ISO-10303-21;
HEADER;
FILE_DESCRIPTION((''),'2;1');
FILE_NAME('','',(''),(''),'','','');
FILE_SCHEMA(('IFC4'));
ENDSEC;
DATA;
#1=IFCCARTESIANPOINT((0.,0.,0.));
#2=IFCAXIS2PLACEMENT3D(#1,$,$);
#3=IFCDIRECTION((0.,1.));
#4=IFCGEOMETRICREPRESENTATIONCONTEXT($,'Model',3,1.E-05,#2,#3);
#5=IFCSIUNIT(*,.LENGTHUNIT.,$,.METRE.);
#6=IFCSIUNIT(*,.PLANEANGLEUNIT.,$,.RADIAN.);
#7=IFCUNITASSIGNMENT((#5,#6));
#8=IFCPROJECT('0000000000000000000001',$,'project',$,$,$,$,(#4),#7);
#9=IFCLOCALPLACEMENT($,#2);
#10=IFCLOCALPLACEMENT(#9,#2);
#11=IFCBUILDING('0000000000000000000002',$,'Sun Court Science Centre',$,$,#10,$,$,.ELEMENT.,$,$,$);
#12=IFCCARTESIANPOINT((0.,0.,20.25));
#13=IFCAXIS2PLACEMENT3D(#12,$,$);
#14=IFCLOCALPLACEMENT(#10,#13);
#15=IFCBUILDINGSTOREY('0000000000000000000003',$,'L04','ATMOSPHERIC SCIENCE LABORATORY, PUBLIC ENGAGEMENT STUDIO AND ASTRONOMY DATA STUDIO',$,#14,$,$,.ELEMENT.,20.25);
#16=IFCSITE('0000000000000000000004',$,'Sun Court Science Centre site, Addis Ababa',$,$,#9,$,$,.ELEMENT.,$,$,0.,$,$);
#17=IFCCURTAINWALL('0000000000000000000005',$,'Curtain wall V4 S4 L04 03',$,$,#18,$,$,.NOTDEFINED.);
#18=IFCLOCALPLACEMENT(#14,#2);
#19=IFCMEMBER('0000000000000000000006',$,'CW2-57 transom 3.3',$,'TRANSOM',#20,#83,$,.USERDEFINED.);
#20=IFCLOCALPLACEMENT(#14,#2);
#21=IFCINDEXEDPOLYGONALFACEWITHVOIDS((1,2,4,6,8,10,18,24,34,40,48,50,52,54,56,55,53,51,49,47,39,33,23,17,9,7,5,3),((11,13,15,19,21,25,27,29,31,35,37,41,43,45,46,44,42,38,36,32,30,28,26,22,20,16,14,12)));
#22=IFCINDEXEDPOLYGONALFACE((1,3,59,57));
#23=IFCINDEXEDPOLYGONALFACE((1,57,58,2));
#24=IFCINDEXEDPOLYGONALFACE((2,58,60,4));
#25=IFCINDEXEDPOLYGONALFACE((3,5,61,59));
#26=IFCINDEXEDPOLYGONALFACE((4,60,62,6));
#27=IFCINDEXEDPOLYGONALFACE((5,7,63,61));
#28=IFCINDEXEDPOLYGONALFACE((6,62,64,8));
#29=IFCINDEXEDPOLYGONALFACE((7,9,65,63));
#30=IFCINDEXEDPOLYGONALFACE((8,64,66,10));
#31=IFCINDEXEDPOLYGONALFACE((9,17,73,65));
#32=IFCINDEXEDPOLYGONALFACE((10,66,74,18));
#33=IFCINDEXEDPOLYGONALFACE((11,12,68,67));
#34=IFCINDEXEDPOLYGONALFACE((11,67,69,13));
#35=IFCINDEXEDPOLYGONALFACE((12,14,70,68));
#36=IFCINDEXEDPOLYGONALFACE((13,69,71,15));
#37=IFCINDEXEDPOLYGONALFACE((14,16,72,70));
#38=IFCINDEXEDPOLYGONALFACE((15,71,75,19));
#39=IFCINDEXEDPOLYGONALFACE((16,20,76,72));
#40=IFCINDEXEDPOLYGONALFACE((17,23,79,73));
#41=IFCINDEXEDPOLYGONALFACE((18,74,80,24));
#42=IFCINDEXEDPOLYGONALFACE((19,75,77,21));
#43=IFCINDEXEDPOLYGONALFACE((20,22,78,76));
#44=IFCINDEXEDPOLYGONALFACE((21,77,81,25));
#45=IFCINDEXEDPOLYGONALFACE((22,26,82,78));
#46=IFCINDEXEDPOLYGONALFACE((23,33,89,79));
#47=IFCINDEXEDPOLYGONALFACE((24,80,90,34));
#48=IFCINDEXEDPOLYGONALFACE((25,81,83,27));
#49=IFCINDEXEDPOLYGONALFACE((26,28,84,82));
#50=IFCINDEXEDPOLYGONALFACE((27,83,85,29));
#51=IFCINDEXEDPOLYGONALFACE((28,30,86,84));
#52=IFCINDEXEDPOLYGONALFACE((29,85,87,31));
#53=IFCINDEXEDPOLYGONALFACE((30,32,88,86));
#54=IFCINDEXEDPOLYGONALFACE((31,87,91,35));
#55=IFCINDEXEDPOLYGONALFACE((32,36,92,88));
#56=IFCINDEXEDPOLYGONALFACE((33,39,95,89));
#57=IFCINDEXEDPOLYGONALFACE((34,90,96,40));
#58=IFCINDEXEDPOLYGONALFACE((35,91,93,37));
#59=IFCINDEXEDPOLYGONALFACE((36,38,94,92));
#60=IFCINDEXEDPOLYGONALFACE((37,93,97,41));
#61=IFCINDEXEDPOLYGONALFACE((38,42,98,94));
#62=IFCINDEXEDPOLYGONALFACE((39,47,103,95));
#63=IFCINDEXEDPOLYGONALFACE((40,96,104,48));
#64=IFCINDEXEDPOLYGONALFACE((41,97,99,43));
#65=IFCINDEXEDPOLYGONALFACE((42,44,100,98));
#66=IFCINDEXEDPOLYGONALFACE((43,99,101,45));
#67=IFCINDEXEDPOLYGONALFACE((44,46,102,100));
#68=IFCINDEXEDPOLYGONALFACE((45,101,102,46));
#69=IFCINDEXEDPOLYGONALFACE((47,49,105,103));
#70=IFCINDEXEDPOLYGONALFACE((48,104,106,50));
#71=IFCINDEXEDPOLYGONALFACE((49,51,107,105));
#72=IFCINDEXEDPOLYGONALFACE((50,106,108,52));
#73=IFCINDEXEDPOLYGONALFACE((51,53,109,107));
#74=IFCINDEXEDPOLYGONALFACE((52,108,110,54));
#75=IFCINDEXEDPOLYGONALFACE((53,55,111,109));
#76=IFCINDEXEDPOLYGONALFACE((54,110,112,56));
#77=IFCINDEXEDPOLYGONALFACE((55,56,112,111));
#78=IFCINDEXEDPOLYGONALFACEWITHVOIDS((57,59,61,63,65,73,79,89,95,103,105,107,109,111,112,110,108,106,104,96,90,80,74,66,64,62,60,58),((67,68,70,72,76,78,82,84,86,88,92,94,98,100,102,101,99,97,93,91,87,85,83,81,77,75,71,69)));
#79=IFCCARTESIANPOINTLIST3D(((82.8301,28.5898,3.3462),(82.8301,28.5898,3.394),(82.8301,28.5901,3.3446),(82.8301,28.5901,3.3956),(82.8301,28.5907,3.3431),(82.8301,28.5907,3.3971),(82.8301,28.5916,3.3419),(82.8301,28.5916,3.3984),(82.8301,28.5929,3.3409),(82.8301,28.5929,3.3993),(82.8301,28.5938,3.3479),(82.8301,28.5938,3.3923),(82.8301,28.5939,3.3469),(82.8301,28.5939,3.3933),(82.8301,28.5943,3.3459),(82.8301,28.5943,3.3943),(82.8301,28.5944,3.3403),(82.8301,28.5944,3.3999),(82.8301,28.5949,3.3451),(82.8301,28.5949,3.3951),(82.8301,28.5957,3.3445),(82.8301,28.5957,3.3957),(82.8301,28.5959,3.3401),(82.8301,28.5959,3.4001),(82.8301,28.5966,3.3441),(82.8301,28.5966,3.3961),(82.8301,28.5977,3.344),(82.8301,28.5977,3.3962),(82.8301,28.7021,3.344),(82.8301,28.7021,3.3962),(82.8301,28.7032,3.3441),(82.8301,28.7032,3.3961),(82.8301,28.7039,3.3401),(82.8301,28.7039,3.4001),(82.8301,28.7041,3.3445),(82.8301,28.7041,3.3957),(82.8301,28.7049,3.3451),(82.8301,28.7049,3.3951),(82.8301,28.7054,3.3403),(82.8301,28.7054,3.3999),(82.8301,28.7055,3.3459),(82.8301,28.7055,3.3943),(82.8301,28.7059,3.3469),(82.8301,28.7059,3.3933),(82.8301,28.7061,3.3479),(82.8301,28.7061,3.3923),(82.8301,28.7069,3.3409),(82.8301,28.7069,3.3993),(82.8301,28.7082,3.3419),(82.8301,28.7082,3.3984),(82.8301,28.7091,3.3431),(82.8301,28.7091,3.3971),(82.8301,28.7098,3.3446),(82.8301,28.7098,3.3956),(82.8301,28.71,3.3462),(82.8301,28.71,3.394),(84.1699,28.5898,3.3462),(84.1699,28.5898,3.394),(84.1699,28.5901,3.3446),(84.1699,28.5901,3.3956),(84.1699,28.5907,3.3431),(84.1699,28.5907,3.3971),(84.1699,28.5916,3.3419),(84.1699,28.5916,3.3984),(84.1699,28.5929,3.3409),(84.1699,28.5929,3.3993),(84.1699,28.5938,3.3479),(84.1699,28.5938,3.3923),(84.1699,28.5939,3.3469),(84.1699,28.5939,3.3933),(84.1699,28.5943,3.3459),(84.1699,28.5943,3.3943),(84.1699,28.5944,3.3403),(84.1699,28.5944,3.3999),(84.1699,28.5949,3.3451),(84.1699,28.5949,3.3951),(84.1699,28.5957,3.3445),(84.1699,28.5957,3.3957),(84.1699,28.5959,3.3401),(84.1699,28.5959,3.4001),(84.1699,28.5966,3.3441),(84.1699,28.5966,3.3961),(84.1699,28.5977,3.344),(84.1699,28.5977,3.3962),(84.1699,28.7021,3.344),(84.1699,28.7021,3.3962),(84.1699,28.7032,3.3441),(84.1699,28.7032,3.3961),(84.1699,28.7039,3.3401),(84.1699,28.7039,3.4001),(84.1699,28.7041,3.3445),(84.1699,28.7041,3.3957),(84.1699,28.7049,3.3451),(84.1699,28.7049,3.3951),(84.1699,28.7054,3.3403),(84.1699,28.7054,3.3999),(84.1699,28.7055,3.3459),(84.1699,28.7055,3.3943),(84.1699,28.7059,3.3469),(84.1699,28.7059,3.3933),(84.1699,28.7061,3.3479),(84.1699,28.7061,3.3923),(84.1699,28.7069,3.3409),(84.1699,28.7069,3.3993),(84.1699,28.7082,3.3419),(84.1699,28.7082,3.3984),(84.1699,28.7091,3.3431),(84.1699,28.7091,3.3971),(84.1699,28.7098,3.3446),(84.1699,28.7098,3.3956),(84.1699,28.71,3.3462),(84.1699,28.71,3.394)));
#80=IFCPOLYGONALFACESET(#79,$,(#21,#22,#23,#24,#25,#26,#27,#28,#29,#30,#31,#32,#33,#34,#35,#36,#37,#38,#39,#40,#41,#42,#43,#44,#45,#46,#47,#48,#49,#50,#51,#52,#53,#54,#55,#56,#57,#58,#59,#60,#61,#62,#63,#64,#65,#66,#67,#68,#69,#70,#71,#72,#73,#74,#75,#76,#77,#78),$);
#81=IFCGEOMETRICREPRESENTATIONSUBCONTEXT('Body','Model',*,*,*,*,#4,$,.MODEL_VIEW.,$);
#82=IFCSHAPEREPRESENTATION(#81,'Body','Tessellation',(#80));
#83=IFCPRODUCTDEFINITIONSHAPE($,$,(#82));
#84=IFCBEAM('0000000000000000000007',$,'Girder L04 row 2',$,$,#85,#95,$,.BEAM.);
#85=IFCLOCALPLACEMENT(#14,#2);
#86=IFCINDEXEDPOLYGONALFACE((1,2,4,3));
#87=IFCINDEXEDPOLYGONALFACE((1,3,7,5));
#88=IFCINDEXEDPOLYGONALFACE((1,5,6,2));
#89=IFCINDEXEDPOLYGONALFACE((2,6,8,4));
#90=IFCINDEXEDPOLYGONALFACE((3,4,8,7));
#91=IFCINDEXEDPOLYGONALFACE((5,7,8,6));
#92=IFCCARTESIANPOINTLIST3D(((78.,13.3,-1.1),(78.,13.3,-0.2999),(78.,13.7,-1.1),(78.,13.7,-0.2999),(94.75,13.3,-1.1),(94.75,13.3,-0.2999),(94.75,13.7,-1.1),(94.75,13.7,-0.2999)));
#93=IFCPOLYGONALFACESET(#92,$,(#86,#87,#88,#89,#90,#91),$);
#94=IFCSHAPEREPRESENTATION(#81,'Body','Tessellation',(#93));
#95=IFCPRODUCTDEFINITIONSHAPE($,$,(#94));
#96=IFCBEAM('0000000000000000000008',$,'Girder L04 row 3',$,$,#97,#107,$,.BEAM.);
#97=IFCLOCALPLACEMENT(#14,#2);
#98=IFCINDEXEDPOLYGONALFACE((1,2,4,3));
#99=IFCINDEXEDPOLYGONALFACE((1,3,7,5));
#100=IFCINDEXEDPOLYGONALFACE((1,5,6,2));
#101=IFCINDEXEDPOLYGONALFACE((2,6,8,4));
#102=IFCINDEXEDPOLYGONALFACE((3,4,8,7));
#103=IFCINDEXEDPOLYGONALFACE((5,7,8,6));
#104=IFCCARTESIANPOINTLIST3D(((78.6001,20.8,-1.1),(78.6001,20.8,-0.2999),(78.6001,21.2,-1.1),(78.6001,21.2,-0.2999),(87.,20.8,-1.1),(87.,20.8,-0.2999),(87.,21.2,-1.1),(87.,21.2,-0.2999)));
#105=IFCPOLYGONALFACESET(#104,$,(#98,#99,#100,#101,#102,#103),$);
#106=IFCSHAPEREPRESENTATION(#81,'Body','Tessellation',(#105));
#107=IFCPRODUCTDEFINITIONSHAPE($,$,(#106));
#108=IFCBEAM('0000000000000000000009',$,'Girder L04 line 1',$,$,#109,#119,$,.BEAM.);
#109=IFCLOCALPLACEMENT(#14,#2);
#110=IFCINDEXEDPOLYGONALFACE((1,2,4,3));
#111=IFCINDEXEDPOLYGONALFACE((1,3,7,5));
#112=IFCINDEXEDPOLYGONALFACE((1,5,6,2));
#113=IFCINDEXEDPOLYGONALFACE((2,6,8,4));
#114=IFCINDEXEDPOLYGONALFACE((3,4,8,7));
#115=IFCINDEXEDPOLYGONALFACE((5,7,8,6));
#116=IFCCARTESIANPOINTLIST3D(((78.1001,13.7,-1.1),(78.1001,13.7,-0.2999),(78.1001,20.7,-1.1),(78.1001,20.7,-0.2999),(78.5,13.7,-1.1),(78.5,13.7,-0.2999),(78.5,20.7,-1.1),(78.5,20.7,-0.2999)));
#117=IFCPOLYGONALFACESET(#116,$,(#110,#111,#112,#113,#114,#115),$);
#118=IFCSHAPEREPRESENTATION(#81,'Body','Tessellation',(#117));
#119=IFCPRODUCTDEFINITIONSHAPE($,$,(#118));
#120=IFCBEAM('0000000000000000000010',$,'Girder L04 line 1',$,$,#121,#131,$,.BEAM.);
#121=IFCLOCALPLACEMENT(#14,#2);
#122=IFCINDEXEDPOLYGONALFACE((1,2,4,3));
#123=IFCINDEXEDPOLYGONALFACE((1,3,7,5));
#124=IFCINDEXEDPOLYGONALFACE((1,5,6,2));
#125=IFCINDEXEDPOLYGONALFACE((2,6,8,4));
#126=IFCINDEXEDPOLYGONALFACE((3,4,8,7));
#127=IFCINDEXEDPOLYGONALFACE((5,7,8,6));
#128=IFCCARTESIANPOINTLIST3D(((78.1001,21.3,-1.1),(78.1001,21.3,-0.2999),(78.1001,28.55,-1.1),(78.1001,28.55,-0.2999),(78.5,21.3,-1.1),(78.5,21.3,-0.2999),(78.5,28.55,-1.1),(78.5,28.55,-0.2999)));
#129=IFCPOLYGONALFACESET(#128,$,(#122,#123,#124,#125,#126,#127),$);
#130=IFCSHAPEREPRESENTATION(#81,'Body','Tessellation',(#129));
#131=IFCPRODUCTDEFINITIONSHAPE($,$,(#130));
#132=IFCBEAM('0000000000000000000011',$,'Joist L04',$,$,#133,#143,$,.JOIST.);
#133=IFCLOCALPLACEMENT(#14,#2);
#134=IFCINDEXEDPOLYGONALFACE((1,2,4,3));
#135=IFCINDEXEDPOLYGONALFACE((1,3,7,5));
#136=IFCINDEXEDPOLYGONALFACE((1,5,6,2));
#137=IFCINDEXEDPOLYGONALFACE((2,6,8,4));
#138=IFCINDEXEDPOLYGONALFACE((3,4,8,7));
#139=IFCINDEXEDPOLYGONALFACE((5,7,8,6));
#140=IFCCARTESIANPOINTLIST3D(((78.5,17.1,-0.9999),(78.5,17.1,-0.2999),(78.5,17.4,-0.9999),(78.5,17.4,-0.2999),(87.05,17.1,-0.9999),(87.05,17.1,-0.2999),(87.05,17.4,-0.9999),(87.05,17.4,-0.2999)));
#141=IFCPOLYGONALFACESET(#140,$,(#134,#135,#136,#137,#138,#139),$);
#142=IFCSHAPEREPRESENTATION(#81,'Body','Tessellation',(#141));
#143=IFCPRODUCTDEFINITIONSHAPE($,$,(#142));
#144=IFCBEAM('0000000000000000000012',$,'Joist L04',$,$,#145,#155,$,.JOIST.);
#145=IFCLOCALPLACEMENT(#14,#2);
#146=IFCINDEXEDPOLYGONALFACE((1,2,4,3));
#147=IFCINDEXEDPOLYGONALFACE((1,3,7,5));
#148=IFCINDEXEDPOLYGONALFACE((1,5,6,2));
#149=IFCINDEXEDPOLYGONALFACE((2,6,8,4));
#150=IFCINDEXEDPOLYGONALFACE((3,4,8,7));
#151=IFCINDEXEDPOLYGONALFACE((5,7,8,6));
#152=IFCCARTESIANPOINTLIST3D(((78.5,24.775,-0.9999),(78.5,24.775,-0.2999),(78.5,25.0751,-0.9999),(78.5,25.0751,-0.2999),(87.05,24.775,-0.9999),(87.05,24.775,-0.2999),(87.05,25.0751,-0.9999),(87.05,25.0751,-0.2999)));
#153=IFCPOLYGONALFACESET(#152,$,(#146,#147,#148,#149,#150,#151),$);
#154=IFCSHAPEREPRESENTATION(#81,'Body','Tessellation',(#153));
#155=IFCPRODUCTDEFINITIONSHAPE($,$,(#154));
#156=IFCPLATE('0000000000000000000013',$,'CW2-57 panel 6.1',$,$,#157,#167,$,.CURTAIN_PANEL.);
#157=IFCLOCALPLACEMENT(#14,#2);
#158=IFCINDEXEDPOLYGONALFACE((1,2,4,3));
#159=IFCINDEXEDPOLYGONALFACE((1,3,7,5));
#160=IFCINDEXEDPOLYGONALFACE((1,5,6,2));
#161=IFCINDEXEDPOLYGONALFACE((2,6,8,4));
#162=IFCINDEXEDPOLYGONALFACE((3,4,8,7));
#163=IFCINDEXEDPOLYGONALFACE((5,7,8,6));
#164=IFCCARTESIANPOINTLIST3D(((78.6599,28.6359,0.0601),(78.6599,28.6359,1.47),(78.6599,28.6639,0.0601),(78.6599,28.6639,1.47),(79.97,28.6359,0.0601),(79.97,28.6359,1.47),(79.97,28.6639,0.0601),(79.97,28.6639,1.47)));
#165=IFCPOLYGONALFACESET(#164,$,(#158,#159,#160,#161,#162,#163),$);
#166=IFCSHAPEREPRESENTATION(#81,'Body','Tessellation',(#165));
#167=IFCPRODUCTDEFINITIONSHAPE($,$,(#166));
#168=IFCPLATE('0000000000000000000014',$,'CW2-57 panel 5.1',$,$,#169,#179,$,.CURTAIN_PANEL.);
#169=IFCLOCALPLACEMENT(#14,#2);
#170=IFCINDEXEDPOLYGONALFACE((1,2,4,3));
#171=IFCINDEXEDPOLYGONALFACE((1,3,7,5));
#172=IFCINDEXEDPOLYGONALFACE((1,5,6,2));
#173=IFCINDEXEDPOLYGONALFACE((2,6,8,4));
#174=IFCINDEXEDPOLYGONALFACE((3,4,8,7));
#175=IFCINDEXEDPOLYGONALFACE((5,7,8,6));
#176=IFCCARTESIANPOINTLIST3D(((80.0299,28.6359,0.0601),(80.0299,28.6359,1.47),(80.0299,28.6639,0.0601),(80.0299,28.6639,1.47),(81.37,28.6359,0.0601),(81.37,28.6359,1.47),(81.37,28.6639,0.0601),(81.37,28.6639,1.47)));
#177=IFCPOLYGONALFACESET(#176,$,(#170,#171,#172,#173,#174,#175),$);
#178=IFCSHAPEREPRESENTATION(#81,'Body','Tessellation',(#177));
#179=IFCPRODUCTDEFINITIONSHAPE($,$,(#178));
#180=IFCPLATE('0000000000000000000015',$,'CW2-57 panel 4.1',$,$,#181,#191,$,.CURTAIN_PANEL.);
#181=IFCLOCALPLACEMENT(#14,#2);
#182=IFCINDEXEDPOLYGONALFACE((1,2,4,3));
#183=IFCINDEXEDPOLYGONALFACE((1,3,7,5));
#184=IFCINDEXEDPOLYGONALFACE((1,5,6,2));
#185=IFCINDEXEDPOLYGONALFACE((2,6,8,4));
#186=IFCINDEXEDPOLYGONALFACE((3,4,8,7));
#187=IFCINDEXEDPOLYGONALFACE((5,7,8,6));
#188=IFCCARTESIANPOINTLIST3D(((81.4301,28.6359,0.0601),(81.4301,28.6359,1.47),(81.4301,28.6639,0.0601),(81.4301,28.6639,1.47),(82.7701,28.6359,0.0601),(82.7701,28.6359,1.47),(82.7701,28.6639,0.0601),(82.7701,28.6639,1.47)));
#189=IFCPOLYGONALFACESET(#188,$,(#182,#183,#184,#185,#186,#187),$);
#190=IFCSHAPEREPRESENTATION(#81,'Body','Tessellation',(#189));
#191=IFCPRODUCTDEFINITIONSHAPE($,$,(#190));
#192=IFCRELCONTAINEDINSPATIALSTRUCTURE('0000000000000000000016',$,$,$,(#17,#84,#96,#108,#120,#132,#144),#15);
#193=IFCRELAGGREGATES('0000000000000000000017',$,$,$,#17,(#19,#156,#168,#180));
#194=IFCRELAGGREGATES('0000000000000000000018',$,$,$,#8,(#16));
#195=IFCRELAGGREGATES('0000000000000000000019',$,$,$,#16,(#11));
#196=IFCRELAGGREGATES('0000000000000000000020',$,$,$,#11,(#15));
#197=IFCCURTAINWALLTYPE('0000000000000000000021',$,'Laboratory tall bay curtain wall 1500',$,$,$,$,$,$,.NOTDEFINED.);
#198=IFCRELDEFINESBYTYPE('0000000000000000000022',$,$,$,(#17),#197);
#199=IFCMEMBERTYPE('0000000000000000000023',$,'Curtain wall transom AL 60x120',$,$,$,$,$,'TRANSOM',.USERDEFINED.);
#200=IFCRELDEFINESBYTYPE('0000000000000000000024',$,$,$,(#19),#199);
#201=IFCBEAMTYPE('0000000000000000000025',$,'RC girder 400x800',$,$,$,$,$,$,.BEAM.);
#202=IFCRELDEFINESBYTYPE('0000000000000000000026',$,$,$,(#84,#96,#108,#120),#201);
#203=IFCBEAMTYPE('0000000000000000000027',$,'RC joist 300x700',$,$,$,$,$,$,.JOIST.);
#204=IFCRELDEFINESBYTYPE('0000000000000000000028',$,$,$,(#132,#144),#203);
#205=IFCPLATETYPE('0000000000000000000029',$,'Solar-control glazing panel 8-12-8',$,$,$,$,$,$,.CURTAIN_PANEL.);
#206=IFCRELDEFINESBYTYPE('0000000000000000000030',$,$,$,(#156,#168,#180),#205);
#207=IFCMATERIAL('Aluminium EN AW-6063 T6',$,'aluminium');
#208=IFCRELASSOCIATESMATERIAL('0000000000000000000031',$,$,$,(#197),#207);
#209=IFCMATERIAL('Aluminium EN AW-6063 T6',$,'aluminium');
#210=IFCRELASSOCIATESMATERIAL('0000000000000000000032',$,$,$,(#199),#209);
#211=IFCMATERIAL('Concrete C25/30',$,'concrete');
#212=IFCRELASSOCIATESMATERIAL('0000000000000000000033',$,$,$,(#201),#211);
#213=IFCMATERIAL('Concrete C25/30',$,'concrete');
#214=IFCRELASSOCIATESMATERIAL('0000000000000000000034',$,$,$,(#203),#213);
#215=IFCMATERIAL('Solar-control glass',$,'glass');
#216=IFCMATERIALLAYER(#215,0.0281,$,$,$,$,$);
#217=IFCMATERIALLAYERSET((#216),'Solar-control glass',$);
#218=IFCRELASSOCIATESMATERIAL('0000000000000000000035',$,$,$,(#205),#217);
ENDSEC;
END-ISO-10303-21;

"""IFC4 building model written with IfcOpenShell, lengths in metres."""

from ifc_helpers import new_model, si_unit, direction, frame, origin, origin_2d, place, context, subcontext, project, spatial, rectangle, hollow_rectangle, extrude, material, layer, layer_set, material_profile, profile_set, type_object, element, aggregate, save


model = new_model("IFC4")

# Units and contexts
model_context = context("Model", 3, precision=1e-05, world=origin(), true_north=direction((0.0, 1.0)))
body_context = subcontext(model_context, "Body", "Model", "MODEL_VIEW")
ifc_project = project(units=[si_unit("LENGTHUNIT", "METRE"), si_unit("PLANEANGLEUNIT", "RADIAN")], contexts=[model_context])

# Site, building, storey
site_placement = place(None, origin())
site = spatial("IfcSite", under=ifc_project, at=site_placement, Name="Sun Court Science Centre site, Addis Ababa", CompositionType="ELEMENT", RefElevation=0.0)
building_placement = place(site_placement, origin())
building = spatial("IfcBuilding", under=site, at=building_placement, Name="Sun Court Science Centre", CompositionType="ELEMENT")
storey_placement = place(building_placement, frame((0.0, 0.0, 20.25)))
storey = spatial("IfcBuildingStorey", under=building, at=storey_placement, Name="L04", Description="ATMOSPHERIC SCIENCE LABORATORY, PUBLIC ENGAGEMENT STUDIO AND ASTRONOMY DATA STUDIO", CompositionType="ELEMENT", Elevation=20.25)

# Curtain wall, member
ifc_material_1 = material(Name="Aluminium EN AW-6063 T6", Category="aluminium")
curtain_wall_type = type_object("IfcCurtainWallType", Name="Laboratory tall bay curtain wall 1500", PredefinedType="NOTDEFINED", material=ifc_material_1)
curtain_wall_placement = place(storey_placement, origin())
curtain_wall = element("IfcCurtainWall", 1, at=curtain_wall_placement, inside=storey, type_object=curtain_wall_type, Name="Curtain wall V4 S4 L04 03", PredefinedType="NOTDEFINED")
ifc_material_2 = material(Name="Aluminium EN AW-6063 T6", Category="aluminium")
ifc_material_profile_1 = material_profile(ifc_material_2, hollow_rectangle(XDim=0.0601, YDim=0.1201, WallThickness=0.0039, InnerFilletRadius=0.0039, OuterFilletRadius=0.0061, at=origin_2d()), Name="AL 60x120x4")
ifc_profile_set_1 = profile_set([ifc_material_profile_1], Name="Aluminium EN AW-6063 T6")
member_type_1 = type_object("IfcMemberType", Name="Curtain wall transom AL 60x120", ElementType="TRANSOM", PredefinedType="USERDEFINED", material=ifc_profile_set_1)
member_1_placement = place(storey_placement, frame((84.1699, 28.6499, 3.3701), z_axis=(-1.0, 0.0, 0.0), x_axis=(0.0, 0.0, 1.0)))
member_1 = element("IfcMember", 2, at=member_1_placement, type_object=member_type_1, Name="CW2-57 transom 3.3", ObjectType="TRANSOM", PredefinedType="USERDEFINED", context=body_context, shape_type="SweptSolid", body=[
    extrude(hollow_rectangle(XDim=0.0601, YDim=0.1201, WallThickness=0.0039, InnerFilletRadius=0.0039, OuterFilletRadius=0.0061, at=origin_2d()), origin(), (0.0, 0.0, 1.0), 1.3398),
])

# Beams
ifc_material_3 = material(Name="Concrete C25/30", Category="concrete")
ifc_material_profile_2 = material_profile(ifc_material_3, rectangle(XDim=0.3999, YDim=0.8, at=origin_2d()), Name="RC 400x800")
ifc_profile_set_2 = profile_set([ifc_material_profile_2], Name="Concrete C25/30")
beam_type_1 = type_object("IfcBeamType", Name="RC girder 400x800", PredefinedType="BEAM", material=ifc_profile_set_2)
beam_1_placement = place(storey_placement, frame((78.0, 13.5, -0.7), z_axis=(1.0, 0.0, 0.0), x_axis=(0.0, 1.0, 0.0)))
element("IfcBeam", 3, at=beam_1_placement, inside=storey, type_object=beam_type_1, Name="Girder L04 row 2", PredefinedType="BEAM", context=body_context, shape_type="SweptSolid", body=[
    extrude(rectangle(XDim=0.3999, YDim=0.8, at=origin_2d()), origin(), (0.0, 0.0, 1.0), 16.75),
])
beam_2_placement = place(storey_placement, frame((78.6001, 21.0, -0.7), z_axis=(1.0, 0.0, 0.0), x_axis=(0.0, 1.0, 0.0)))
element("IfcBeam", 4, at=beam_2_placement, inside=storey, type_object=beam_type_1, Name="Girder L04 row 3", PredefinedType="BEAM", context=body_context, shape_type="SweptSolid", body=[
    extrude(rectangle(XDim=0.3999, YDim=0.8, at=origin_2d()), origin(), (0.0, 0.0, 1.0), 8.3999),
])
beam_3_placement = place(storey_placement, frame((78.3, 13.7, -0.7), z_axis=(0.0, 1.0, 0.0), x_axis=(-1.0, 0.0, 0.0)))
element("IfcBeam", 5, at=beam_3_placement, inside=storey, type_object=beam_type_1, Name="Girder L04 line 1", PredefinedType="BEAM", context=body_context, shape_type="SweptSolid", body=[
    extrude(rectangle(XDim=0.3999, YDim=0.8, at=origin_2d()), origin(), (0.0, 0.0, 1.0), 7.0),
])
beam_4_placement = place(storey_placement, frame((78.3, 21.3, -0.7), z_axis=(0.0, 1.0, 0.0), x_axis=(-1.0, 0.0, 0.0)))
element("IfcBeam", 6, at=beam_4_placement, inside=storey, type_object=beam_type_1, Name="Girder L04 line 1", PredefinedType="BEAM", context=body_context, shape_type="SweptSolid", body=[
    extrude(rectangle(XDim=0.3999, YDim=0.8, at=origin_2d()), origin(), (0.0, 0.0, 1.0), 7.25),
])
ifc_material_4 = material(Name="Concrete C25/30", Category="concrete")
ifc_material_profile_3 = material_profile(ifc_material_4, rectangle(XDim=0.3, YDim=0.7, at=origin_2d()), Name="RC 300x700")
ifc_profile_set_3 = profile_set([ifc_material_profile_3], Name="Concrete C25/30")
beam_type_2 = type_object("IfcBeamType", Name="RC joist 300x700", PredefinedType="JOIST", material=ifc_profile_set_3)
for number, where, z_axis, x_axis, name in (
    (7, (78.5, 17.25, -0.6499), (1.0, 0.0, 0.0), (0.0, 1.0, 0.0), "Joist L04"),
    (8, (78.5, 24.925, -0.6499), (1.0, 0.0, 0.0), (0.0, 1.0, 0.0), "Joist L04"),
):
    element("IfcBeam", number, at=place(storey_placement, frame(where, z_axis=z_axis, x_axis=x_axis)), inside=storey, type_object=beam_type_2, Name=name, PredefinedType="JOIST", context=body_context, shape_type="SweptSolid", body=[
        extrude(rectangle(XDim=0.3, YDim=0.7, at=origin_2d()), origin(), (0.0, 0.0, 1.0), 8.55),
    ])

# Plates
ifc_material_5 = material(Name="Solar-control glass", Category="glass")
ifc_layer_1 = layer(ifc_material_5, 0.0281)
ifc_layer_set_1 = layer_set([ifc_layer_1], Name="Solar-control glass")
plate_type = type_object("IfcPlateType", Name="Solar-control glazing panel 8-12-8", PredefinedType="CURTAIN_PANEL", material=ifc_layer_set_1)
plate_1_placement = place(storey_placement, frame((79.3149, 28.6499, 0.0601), z_axis=(0.0, 0.0, 1.0), x_axis=(-1.0, 0.0, 0.0)))
plate_1 = element("IfcPlate", 9, at=plate_1_placement, type_object=plate_type, Name="CW2-57 panel 6.1", PredefinedType="CURTAIN_PANEL", context=body_context, shape_type="SweptSolid", body=[
    extrude(rectangle(XDim=1.3101, YDim=0.0281, at=origin_2d()), origin(), (0.0, 0.0, 1.0), 1.4099),
])
plate_2_placement = place(storey_placement, frame((80.7, 28.6499, 0.0601), z_axis=(0.0, 0.0, 1.0), x_axis=(-1.0, 0.0, 0.0)))
plate_2 = element("IfcPlate", 10, at=plate_2_placement, type_object=plate_type, Name="CW2-57 panel 5.1", PredefinedType="CURTAIN_PANEL", context=body_context, shape_type="SweptSolid", body=[
    extrude(rectangle(XDim=1.3401, YDim=0.0281, at=origin_2d()), origin(), (0.0, 0.0, 1.0), 1.4099),
])
plate_3_placement = place(storey_placement, frame((82.1001, 28.6499, 0.0601), z_axis=(0.0, 0.0, 1.0), x_axis=(-1.0, 0.0, 0.0)))
plate_3 = element("IfcPlate", 11, at=plate_3_placement, type_object=plate_type, Name="CW2-57 panel 4.1", PredefinedType="CURTAIN_PANEL", context=body_context, shape_type="SweptSolid", body=[
    extrude(rectangle(XDim=1.3401, YDim=0.0281, at=origin_2d()), origin(), (0.0, 0.0, 1.0), 1.4099),
])
aggregate(curtain_wall, [member_1, plate_1, plate_2, plate_3])

save(model, "model.ifc")
